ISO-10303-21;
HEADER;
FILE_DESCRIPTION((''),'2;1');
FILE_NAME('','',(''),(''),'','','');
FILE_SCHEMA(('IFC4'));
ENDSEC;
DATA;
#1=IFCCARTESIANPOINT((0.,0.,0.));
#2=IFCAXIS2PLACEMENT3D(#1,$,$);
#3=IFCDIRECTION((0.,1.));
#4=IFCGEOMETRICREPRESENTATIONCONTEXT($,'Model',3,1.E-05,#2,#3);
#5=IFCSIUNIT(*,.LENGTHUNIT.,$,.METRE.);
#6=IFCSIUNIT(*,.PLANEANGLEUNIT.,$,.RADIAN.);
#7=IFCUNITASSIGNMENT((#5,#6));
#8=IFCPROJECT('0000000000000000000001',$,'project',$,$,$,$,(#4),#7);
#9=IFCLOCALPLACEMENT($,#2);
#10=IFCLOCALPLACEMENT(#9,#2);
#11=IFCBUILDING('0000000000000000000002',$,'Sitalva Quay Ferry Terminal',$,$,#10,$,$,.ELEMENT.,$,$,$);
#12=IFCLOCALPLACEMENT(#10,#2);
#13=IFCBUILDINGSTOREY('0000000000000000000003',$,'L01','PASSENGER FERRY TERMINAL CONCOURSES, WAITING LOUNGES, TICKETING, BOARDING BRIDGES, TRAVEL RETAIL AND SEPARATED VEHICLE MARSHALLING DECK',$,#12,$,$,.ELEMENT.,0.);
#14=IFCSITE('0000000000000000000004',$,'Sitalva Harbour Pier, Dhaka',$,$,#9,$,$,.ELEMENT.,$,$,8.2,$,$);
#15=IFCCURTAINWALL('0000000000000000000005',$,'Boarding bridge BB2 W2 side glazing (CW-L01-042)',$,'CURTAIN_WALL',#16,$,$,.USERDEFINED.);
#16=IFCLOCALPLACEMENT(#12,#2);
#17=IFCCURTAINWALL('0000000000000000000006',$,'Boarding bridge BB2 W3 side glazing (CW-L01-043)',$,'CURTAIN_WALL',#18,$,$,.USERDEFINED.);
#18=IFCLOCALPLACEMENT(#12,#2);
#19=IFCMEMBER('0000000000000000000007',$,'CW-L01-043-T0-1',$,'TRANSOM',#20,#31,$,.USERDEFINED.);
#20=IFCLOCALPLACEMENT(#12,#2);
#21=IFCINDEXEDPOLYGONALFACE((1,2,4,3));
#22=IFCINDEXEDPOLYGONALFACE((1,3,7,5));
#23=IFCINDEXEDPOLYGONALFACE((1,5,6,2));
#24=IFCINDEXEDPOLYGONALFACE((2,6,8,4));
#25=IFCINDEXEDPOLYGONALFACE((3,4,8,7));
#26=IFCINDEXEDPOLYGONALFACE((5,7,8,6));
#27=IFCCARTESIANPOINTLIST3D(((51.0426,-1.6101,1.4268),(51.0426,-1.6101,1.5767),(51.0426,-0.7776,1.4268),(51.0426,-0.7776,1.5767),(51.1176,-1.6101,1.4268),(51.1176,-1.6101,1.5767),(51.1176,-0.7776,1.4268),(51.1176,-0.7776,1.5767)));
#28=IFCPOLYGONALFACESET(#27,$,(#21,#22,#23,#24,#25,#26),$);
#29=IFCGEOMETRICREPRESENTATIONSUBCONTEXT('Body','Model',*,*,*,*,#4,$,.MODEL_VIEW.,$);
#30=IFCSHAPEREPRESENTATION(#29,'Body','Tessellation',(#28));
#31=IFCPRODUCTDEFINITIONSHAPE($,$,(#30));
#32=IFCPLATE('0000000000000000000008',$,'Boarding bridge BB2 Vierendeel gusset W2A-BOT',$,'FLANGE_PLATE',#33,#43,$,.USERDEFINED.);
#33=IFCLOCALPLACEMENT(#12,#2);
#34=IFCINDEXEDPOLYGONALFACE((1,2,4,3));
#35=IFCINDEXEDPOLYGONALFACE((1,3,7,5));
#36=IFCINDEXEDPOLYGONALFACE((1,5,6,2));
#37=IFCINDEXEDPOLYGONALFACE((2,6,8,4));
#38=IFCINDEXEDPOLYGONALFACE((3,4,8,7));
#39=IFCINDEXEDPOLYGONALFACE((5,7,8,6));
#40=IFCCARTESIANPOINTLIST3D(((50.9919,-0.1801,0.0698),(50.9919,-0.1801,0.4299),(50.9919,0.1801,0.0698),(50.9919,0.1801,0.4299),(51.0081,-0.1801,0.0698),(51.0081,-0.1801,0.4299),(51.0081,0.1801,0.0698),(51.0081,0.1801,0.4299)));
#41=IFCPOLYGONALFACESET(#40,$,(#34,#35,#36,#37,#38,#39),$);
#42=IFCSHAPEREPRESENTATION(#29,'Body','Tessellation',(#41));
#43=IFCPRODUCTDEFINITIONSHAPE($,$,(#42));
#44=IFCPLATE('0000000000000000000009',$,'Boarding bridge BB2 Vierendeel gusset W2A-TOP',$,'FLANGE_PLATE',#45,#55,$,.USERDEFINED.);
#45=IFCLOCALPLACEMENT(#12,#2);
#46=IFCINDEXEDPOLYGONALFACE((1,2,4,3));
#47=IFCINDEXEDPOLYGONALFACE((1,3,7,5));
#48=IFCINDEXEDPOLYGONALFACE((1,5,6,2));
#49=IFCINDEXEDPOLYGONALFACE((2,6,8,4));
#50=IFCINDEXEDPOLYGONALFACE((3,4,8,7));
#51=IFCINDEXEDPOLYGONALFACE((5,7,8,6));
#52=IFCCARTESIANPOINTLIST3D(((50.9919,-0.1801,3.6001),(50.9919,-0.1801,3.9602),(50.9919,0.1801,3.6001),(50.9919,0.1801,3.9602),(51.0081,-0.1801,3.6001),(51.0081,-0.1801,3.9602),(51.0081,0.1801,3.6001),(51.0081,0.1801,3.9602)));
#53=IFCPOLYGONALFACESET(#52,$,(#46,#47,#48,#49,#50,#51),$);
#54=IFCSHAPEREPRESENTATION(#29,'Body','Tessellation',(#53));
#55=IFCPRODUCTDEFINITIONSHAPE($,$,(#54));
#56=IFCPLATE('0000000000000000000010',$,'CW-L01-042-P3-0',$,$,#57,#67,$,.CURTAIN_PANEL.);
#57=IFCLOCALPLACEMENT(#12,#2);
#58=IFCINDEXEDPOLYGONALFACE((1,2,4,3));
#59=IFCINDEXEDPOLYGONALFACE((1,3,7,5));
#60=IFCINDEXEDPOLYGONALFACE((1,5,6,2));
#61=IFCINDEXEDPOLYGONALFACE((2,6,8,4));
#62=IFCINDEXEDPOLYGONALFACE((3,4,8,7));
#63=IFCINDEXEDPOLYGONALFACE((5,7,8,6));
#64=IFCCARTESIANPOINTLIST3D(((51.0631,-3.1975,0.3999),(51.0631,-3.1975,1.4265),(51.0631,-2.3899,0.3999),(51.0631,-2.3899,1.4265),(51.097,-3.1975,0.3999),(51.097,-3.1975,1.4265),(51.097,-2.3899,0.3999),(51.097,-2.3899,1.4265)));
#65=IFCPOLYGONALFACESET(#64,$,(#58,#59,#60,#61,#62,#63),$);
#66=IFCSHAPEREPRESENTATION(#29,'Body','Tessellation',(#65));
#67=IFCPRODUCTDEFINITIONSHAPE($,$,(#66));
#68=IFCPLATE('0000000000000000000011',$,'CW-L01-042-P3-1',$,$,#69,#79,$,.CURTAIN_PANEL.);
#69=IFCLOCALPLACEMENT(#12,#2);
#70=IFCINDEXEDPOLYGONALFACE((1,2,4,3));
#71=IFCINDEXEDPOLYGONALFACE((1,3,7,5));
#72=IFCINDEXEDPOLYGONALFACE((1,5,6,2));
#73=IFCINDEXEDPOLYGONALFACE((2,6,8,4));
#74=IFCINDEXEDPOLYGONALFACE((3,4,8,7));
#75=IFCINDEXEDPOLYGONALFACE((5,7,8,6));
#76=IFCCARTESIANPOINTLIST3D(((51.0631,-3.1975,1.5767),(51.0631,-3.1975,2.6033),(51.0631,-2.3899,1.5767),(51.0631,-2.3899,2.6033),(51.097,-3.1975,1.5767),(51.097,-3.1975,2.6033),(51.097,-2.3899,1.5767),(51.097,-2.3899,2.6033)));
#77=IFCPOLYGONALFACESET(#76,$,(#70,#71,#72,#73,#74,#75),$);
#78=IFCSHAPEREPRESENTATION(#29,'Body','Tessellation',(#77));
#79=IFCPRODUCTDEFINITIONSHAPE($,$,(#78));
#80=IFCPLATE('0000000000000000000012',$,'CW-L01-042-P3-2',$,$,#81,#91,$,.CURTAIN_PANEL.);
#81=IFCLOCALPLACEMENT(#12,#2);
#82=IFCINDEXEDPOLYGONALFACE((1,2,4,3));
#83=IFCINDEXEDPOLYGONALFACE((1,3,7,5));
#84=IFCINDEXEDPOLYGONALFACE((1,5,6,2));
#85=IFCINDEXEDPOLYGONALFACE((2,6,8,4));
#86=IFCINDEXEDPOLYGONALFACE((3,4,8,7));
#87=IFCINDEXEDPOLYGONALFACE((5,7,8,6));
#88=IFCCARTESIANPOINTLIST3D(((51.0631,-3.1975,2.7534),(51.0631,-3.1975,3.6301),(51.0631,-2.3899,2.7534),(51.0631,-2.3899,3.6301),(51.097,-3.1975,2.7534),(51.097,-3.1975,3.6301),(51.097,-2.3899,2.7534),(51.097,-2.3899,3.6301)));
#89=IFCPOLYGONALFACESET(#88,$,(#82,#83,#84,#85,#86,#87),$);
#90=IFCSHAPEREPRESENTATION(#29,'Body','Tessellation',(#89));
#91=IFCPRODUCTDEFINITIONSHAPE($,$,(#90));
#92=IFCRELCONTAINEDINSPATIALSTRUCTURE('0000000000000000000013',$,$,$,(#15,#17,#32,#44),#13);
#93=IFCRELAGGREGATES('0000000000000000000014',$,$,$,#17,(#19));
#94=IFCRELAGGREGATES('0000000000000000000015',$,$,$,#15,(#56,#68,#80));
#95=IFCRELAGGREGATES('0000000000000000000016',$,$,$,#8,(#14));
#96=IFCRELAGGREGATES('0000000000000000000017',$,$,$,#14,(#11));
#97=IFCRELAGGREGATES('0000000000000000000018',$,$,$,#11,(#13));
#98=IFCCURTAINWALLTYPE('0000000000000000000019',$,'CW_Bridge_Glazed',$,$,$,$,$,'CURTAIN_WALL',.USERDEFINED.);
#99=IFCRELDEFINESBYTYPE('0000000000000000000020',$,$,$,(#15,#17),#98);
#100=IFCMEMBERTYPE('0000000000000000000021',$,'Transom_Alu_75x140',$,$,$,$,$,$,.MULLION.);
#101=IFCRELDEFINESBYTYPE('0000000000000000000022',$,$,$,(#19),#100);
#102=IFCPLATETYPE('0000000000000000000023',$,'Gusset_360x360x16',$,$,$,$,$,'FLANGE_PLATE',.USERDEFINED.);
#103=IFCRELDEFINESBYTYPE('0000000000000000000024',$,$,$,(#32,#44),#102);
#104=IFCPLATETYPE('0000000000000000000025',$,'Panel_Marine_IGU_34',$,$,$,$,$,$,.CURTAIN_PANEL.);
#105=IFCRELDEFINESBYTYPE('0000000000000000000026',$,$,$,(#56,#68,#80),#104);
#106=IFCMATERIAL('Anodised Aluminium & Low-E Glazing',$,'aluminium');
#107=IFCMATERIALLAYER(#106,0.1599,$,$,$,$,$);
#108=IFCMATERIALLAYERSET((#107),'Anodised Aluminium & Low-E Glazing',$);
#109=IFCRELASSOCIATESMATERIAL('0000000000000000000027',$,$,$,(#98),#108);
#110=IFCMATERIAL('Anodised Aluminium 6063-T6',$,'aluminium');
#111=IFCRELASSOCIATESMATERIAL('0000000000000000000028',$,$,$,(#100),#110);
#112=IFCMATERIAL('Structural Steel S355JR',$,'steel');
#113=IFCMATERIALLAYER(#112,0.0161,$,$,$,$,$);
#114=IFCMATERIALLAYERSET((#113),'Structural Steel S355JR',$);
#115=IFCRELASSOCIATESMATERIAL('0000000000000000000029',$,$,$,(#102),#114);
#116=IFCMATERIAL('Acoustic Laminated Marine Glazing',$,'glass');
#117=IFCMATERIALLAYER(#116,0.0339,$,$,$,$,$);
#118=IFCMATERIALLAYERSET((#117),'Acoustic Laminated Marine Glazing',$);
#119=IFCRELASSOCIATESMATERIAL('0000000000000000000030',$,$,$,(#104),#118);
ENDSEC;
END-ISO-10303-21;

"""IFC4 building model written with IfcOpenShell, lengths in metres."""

from ifc_helpers import new_model, si_unit, direction, frame, origin, origin_2d, place, context, subcontext, project, spatial, rectangle, extrude, material, layer, layer_set, material_profile, profile_set, type_object, element, aggregate, save


model = new_model("IFC4")

# Units and contexts
model_context = context("Model", 3, precision=1e-05, world=origin(), true_north=direction((0.0, 1.0)))
body_context = subcontext(model_context, "Body", "Model", "MODEL_VIEW")
ifc_project = project(units=[si_unit("LENGTHUNIT", "METRE"), si_unit("PLANEANGLEUNIT", "RADIAN")], contexts=[model_context])

# Site, building, storey
site_placement = place(None, origin())
site = spatial("IfcSite", under=ifc_project, at=site_placement, Name="Sitalva Harbour Pier, Dhaka", CompositionType="ELEMENT", RefElevation=8.2)
building_placement = place(site_placement, origin())
building = spatial("IfcBuilding", under=site, at=building_placement, Name="Sitalva Quay Ferry Terminal", CompositionType="ELEMENT")
storey_placement = place(building_placement, origin())
storey = spatial("IfcBuildingStorey", under=building, at=storey_placement, Name="L01", Description="PASSENGER FERRY TERMINAL CONCOURSES, WAITING LOUNGES, TICKETING, BOARDING BRIDGES, TRAVEL RETAIL AND SEPARATED VEHICLE MARSHALLING DECK", CompositionType="ELEMENT", Elevation=0.0)

# Curtain wall
ifc_material_1 = material(Name="Anodised Aluminium & Low-E Glazing", Category="aluminium")
ifc_layer_1 = layer(ifc_material_1, 0.1599)
ifc_layer_set_1 = layer_set([ifc_layer_1], Name="Anodised Aluminium & Low-E Glazing")
curtain_wall_type = type_object("IfcCurtainWallType", Name="CW_Bridge_Glazed", ElementType="CURTAIN_WALL", PredefinedType="USERDEFINED", material=ifc_layer_set_1)
curtain_wall_1_placement = place(storey_placement, origin())
curtain_wall_1 = element("IfcCurtainWall", 1, at=curtain_wall_1_placement, inside=storey, type_object=curtain_wall_type, Name="Boarding bridge BB2 W2 side glazing (CW-L01-042)", ObjectType="CURTAIN_WALL", PredefinedType="USERDEFINED")

# Curtain wall
curtain_wall_2_placement = place(storey_placement, origin())
curtain_wall_2 = element("IfcCurtainWall", 2, at=curtain_wall_2_placement, inside=storey, type_object=curtain_wall_type, Name="Boarding bridge BB2 W3 side glazing (CW-L01-043)", ObjectType="CURTAIN_WALL", PredefinedType="USERDEFINED")

# Member
ifc_material_2 = material(Name="Anodised Aluminium 6063-T6", Category="aluminium")
ifc_material_profile_1 = material_profile(ifc_material_2, rectangle(XDim=0.075, YDim=0.1499, at=origin_2d()), Name="ALU75x150")
ifc_profile_set_1 = profile_set([ifc_material_profile_1], Name="Anodised Aluminium 6063-T6")
member_type_1 = type_object("IfcMemberType", Name="Transom_Alu_75x140", PredefinedType="MULLION", material=ifc_profile_set_1)
member_1_placement = place(storey_placement, frame((51.0801, -1.6101, 1.5017), z_axis=(0.0, 1.0, 0.0), x_axis=(-1.0, 0.0, 0.0)))
member_1 = element("IfcMember", 3, at=member_1_placement, type_object=member_type_1, Name="CW-L01-043-T0-1", ObjectType="TRANSOM", PredefinedType="USERDEFINED", context=body_context, shape_type="SweptSolid", body=[
    extrude(rectangle(XDim=0.075, YDim=0.1499, at=origin_2d()), origin(), (0.0, 0.0, 1.0), 0.8325),
])
aggregate(curtain_wall_2, [member_1])

# Plates
ifc_material_3 = material(Name="Structural Steel S355JR", Category="steel")
ifc_layer_2 = layer(ifc_material_3, 0.0161)
ifc_layer_set_2 = layer_set([ifc_layer_2], Name="Structural Steel S355JR")
plate_type_1 = type_object("IfcPlateType", Name="Gusset_360x360x16", ElementType="FLANGE_PLATE", PredefinedType="USERDEFINED", material=ifc_layer_set_2)
for number, where, z_axis, x_axis, name in (
    (4, (51.0, 0.0, 0.0698), (0.0, 0.0, 1.0), (1.0, 0.0, 0.0), "Boarding bridge BB2 Vierendeel gusset W2A-BOT"),
    (5, (51.0, 0.0, 3.6001), (0.0, 0.0, 1.0), (1.0, 0.0, 0.0), "Boarding bridge BB2 Vierendeel gusset W2A-TOP"),
):
    element("IfcPlate", number, at=place(storey_placement, frame(where, z_axis=z_axis, x_axis=x_axis)), inside=storey, type_object=plate_type_1, Name=name, ObjectType="FLANGE_PLATE", PredefinedType="USERDEFINED", context=body_context, shape_type="SweptSolid", body=[
        extrude(rectangle(XDim=0.0161, YDim=0.3601, at=origin_2d()), origin(), (0.0, 0.0, 1.0), 0.3601),
    ])

# Plates
ifc_material_4 = material(Name="Acoustic Laminated Marine Glazing", Category="glass")
ifc_layer_3 = layer(ifc_material_4, 0.0339)
ifc_layer_set_3 = layer_set([ifc_layer_3], Name="Acoustic Laminated Marine Glazing")
plate_type_2 = type_object("IfcPlateType", Name="Panel_Marine_IGU_34", PredefinedType="CURTAIN_PANEL", material=ifc_layer_set_3)
plate_1_placement = place(storey_placement, frame((51.0801, -2.7937, 0.3999), z_axis=(0.0, 0.0, 1.0), x_axis=(0.0, 1.0, 0.0)))
plate_1 = element("IfcPlate", 6, at=plate_1_placement, type_object=plate_type_2, Name="CW-L01-042-P3-0", PredefinedType="CURTAIN_PANEL", context=body_context, shape_type="SweptSolid", body=[
    extrude(rectangle(XDim=0.8076, YDim=0.0339, at=origin_2d()), origin(), (0.0, 0.0, 1.0), 1.0266),
])
plate_2_placement = place(storey_placement, frame((51.0801, -2.7937, 1.5767), z_axis=(0.0, 0.0, 1.0), x_axis=(0.0, 1.0, 0.0)))
plate_2 = element("IfcPlate", 7, at=plate_2_placement, type_object=plate_type_2, Name="CW-L01-042-P3-1", PredefinedType="CURTAIN_PANEL", context=body_context, shape_type="SweptSolid", body=[
    extrude(rectangle(XDim=0.8076, YDim=0.0339, at=origin_2d()), origin(), (0.0, 0.0, 1.0), 1.0266),
])
plate_3_placement = place(storey_placement, frame((51.0801, -2.7937, 2.7534), z_axis=(0.0, 0.0, 1.0), x_axis=(0.0, 1.0, 0.0)))
plate_3 = element("IfcPlate", 8, at=plate_3_placement, type_object=plate_type_2, Name="CW-L01-042-P3-2", PredefinedType="CURTAIN_PANEL", context=body_context, shape_type="SweptSolid", body=[
    extrude(rectangle(XDim=0.8076, YDim=0.0339, at=origin_2d()), origin(), (0.0, 0.0, 1.0), 0.8767),
])
aggregate(curtain_wall_1, [plate_1, plate_2, plate_3])

save(model, "model.ifc")
